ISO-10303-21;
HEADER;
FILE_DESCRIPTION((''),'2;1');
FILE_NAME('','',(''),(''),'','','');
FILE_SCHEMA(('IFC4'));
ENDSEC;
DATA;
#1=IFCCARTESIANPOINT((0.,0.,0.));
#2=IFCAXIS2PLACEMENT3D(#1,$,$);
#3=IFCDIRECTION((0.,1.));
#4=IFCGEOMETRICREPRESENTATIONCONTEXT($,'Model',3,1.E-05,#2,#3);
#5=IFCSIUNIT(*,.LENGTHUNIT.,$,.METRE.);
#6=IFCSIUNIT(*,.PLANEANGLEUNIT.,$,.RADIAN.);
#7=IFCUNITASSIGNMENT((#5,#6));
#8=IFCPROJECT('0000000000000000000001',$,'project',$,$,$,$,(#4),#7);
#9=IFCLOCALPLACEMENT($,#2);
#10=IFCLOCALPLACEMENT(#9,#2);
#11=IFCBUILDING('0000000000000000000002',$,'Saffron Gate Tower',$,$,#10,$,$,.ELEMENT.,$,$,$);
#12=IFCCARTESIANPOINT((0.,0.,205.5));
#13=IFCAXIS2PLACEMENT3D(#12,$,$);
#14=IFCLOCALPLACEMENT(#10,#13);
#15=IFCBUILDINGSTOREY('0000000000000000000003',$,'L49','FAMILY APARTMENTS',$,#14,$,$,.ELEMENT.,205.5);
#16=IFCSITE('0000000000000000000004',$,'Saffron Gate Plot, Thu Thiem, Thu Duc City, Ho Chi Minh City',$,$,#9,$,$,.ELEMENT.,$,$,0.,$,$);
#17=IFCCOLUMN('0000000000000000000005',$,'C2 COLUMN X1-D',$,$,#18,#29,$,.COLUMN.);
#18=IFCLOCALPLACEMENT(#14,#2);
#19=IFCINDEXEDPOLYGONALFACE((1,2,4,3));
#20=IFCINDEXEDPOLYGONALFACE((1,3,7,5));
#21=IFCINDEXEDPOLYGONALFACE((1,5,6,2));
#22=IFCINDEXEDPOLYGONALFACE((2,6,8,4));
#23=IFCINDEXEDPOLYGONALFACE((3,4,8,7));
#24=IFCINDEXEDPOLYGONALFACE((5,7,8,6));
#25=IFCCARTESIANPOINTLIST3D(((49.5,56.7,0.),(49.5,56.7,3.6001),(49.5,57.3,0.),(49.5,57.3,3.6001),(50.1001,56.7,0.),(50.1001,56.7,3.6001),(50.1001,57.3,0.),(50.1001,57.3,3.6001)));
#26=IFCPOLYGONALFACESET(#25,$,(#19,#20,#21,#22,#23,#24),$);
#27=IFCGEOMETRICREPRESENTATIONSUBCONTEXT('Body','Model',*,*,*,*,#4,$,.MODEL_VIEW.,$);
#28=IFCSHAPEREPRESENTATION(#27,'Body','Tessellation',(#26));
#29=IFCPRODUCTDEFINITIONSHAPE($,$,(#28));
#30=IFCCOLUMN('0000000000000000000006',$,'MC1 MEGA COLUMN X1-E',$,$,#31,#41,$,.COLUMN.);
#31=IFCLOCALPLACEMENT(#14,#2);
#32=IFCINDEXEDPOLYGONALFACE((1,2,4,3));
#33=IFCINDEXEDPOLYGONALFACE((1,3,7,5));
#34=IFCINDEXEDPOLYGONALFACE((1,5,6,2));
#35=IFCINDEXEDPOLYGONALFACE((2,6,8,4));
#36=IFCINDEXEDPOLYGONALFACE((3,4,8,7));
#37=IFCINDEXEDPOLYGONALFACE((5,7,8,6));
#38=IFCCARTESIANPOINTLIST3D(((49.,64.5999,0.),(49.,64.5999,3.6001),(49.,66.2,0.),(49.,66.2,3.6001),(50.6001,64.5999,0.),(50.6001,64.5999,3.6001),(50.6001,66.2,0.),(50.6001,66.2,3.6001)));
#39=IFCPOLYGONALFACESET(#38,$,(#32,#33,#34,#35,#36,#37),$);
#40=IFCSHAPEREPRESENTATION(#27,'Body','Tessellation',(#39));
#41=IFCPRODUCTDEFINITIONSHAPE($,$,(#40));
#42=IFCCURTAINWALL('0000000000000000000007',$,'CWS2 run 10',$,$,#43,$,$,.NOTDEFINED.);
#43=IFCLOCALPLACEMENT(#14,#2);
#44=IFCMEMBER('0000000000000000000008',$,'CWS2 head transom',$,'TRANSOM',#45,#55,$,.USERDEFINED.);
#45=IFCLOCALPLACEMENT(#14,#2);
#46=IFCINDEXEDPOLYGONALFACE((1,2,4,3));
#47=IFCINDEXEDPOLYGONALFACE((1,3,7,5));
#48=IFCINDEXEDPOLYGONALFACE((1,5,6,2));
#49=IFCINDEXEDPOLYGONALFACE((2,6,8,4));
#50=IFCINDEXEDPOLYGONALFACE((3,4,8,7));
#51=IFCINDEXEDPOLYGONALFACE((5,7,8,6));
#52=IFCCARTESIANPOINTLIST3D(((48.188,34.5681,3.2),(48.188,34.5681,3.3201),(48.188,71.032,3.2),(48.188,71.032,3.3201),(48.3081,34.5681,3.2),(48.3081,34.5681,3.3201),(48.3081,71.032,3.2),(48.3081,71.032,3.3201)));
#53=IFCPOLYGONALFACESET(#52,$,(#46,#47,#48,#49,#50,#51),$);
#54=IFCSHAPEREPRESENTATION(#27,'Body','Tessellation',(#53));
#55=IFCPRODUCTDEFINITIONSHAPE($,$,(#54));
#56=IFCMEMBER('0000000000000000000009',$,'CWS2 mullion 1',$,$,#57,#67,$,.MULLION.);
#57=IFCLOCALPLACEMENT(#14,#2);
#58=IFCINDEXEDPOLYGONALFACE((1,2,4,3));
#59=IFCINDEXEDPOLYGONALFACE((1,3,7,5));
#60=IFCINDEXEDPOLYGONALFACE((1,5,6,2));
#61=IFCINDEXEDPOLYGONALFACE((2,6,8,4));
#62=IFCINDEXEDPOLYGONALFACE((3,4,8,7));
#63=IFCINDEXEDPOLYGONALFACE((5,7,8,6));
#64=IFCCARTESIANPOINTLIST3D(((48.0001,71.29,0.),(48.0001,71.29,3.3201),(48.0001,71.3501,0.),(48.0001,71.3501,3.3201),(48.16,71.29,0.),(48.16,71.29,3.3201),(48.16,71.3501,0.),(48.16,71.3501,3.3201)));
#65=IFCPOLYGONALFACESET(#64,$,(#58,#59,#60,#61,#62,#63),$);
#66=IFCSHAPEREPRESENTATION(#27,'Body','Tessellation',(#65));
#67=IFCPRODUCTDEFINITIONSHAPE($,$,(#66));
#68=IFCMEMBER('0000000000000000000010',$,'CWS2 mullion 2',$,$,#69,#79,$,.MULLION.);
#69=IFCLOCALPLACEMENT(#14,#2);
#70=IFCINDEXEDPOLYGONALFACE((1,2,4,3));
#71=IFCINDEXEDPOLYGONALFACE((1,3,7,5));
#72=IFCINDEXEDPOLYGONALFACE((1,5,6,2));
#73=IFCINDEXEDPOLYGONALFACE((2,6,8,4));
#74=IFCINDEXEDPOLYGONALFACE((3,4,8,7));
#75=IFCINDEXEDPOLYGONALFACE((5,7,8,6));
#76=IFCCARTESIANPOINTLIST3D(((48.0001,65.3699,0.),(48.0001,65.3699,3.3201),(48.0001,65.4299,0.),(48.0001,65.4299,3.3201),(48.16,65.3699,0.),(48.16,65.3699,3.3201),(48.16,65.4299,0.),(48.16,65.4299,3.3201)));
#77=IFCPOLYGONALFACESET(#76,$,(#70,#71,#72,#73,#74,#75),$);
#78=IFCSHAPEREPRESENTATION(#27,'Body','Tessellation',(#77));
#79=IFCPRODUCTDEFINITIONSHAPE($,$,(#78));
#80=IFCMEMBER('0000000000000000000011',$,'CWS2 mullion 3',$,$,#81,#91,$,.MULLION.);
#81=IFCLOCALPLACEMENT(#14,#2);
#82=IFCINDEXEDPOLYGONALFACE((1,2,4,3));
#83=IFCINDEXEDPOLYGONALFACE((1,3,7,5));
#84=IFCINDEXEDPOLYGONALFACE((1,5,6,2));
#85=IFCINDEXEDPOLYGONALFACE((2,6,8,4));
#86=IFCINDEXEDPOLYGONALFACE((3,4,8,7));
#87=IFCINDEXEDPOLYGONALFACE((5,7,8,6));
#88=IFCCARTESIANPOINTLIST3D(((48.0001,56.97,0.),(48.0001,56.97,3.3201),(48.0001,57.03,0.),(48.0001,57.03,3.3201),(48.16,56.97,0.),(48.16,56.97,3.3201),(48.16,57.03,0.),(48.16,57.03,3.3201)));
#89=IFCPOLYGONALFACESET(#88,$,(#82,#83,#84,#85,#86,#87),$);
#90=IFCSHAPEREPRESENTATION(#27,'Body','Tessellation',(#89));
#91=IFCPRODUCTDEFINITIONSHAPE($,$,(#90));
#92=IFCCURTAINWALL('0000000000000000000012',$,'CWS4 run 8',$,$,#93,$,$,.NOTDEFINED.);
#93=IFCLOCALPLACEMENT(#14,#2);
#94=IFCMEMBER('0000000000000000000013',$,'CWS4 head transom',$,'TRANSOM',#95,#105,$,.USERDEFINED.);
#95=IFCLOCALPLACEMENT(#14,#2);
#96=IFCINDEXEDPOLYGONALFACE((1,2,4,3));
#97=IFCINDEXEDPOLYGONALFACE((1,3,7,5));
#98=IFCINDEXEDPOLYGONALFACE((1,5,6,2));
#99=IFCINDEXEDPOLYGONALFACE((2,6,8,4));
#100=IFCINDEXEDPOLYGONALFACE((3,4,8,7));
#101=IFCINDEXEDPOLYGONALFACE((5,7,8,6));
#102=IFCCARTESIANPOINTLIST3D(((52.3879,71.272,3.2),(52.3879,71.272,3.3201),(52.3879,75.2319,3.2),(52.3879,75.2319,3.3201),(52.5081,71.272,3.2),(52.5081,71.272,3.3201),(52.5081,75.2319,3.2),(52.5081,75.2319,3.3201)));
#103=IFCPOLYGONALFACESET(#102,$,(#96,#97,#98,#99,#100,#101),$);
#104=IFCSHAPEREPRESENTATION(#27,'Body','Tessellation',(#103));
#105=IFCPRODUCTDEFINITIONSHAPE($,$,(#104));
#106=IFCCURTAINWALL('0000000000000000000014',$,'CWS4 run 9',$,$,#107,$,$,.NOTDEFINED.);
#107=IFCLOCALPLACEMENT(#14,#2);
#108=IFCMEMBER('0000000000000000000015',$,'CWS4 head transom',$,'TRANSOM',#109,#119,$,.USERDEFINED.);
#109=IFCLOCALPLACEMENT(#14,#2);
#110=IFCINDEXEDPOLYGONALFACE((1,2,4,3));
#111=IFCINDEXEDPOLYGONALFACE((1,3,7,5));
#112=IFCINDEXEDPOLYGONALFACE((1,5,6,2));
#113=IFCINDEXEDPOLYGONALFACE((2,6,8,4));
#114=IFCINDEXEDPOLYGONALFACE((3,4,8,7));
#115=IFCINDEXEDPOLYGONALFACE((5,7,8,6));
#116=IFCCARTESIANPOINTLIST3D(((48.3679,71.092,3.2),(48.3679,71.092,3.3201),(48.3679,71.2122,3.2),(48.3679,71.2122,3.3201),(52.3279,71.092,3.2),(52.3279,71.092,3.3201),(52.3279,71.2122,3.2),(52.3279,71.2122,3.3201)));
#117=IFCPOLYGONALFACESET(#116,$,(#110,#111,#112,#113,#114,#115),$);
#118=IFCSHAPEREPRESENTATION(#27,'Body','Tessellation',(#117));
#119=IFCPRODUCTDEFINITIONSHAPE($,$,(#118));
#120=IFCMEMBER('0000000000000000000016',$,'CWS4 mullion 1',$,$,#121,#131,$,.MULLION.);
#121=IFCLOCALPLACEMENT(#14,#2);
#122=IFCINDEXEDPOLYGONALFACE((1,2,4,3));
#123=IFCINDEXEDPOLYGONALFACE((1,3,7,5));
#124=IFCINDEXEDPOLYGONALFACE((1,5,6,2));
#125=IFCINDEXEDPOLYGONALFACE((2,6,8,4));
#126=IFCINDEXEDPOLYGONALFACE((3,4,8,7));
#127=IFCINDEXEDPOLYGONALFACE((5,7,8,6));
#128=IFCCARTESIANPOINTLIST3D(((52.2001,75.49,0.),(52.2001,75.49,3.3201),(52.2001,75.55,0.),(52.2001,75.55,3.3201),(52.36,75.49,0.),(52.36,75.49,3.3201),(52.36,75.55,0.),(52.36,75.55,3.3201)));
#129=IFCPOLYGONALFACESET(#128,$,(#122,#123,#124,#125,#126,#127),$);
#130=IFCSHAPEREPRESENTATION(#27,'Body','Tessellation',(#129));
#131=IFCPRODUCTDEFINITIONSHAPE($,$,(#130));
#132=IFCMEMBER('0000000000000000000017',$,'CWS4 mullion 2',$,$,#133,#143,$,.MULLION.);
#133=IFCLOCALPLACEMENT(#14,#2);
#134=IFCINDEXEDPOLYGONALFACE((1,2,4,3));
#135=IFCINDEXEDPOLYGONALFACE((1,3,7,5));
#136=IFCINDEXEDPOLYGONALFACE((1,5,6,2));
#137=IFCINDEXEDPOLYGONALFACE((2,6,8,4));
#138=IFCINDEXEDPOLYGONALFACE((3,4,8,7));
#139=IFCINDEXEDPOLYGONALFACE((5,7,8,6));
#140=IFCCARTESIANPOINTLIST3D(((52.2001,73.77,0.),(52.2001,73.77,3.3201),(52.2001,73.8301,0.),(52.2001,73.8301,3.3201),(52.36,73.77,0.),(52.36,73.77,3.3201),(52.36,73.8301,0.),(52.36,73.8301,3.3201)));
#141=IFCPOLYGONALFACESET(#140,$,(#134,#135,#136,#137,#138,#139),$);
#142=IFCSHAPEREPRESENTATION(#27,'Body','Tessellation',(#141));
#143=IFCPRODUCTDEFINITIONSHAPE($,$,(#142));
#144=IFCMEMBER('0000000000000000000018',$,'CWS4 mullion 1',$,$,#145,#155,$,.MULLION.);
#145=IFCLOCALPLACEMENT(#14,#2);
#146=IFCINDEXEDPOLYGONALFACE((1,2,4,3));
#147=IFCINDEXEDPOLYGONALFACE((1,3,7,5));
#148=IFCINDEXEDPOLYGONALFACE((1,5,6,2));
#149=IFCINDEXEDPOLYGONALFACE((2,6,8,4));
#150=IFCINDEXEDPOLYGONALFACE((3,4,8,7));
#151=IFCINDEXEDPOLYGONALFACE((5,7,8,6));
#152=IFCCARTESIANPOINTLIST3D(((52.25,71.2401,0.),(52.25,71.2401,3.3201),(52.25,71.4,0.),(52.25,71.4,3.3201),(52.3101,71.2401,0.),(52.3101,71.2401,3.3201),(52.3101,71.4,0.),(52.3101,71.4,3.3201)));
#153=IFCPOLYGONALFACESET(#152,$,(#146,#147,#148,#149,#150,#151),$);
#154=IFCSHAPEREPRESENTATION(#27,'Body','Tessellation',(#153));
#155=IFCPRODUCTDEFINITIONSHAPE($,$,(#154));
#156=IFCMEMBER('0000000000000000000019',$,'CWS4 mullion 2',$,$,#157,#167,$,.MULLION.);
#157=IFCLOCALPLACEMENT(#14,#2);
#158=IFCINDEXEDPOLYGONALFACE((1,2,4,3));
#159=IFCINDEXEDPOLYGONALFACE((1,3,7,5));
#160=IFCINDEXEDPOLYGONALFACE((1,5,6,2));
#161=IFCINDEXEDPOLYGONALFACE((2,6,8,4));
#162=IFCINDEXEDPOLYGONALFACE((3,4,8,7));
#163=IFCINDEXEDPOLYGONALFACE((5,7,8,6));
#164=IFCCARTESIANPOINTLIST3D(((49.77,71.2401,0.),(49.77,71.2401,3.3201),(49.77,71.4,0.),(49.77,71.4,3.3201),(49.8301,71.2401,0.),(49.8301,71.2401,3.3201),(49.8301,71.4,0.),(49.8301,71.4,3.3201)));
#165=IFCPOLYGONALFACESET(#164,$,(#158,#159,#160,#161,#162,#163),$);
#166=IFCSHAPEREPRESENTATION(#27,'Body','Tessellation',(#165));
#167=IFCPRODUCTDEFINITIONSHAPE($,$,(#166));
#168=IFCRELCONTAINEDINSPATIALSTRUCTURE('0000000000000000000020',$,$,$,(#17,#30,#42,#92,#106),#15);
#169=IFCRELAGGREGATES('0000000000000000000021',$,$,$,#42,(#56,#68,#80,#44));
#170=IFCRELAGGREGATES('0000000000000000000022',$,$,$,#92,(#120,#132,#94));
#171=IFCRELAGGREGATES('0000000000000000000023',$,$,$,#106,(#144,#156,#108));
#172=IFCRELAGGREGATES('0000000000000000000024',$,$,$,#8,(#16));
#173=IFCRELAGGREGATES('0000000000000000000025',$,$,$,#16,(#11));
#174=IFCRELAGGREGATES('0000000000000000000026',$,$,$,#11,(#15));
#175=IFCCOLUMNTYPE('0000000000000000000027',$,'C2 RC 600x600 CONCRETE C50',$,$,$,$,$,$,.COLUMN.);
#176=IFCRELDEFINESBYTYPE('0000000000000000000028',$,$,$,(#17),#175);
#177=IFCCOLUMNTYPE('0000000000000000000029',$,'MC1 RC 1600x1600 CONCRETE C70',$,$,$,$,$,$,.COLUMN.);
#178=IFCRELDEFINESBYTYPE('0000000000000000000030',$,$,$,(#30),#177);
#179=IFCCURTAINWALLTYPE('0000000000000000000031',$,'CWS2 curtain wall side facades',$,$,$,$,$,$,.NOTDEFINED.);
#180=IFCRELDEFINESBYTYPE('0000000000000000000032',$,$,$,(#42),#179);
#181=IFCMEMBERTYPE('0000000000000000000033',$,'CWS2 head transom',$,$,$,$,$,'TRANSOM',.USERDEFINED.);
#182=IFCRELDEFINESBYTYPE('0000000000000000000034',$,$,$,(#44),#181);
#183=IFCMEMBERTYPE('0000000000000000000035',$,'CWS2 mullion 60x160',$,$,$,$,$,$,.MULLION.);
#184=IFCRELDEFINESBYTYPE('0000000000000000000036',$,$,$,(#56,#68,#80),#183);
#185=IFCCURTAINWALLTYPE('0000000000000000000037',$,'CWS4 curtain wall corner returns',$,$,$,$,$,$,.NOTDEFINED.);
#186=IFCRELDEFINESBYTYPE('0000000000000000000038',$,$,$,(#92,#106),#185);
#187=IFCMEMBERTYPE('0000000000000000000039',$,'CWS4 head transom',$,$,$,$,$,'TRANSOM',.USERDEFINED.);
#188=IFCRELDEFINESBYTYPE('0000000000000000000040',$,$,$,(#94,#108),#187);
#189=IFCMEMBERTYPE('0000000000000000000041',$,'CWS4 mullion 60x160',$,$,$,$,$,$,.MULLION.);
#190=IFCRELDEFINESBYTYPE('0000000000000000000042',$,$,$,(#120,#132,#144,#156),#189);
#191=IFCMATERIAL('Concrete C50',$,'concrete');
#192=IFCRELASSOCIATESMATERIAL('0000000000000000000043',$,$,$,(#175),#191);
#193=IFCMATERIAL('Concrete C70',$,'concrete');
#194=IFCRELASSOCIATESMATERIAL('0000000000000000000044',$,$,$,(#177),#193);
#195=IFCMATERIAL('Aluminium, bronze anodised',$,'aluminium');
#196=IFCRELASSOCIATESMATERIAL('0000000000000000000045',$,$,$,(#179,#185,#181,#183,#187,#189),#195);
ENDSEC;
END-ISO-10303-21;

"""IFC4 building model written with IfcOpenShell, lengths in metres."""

from ifc_helpers import new_model, si_unit, direction, frame, origin, origin_2d, place, context, subcontext, project, spatial, rectangle, extrude, material, material_profile, profile_set, type_object, element, aggregate, save


model = new_model("IFC4")

# Units and contexts
model_context = context("Model", 3, precision=1e-05, world=origin(), true_north=direction((0.0, 1.0)))
body_context = subcontext(model_context, "Body", "Model", "MODEL_VIEW")
ifc_project = project(units=[si_unit("LENGTHUNIT", "METRE"), si_unit("PLANEANGLEUNIT", "RADIAN")], contexts=[model_context])

# Site, building, storey
site_placement = place(None, origin())
site = spatial("IfcSite", under=ifc_project, at=site_placement, Name="Saffron Gate Plot, Thu Thiem, Thu Duc City, Ho Chi Minh City", CompositionType="ELEMENT", RefElevation=0.0)
building_placement = place(site_placement, origin())
building = spatial("IfcBuilding", under=site, at=building_placement, Name="Saffron Gate Tower", CompositionType="ELEMENT")
storey_placement = place(building_placement, frame((0.0, 0.0, 205.5)))
storey = spatial("IfcBuildingStorey", under=building, at=storey_placement, Name="L49", Description="FAMILY APARTMENTS", CompositionType="ELEMENT", Elevation=205.5)

# Columns
ifc_material_1 = material(Name="Concrete C50", Category="concrete")
ifc_material_profile_1 = material_profile(ifc_material_1, rectangle(XDim=0.6001, YDim=0.6001, at=origin_2d()))
ifc_profile_set_1 = profile_set([ifc_material_profile_1], Name="Concrete C50")
column_type_1 = type_object("IfcColumnType", Name="C2 RC 600x600 CONCRETE C50", PredefinedType="COLUMN", material=ifc_profile_set_1)
column_1_placement = place(storey_placement, frame((49.8, 57.0, 0.0), z_axis=(0.0, 0.0, 1.0), x_axis=(1.0, 0.0, 0.0)))
element("IfcColumn", 1, at=column_1_placement, inside=storey, type_object=column_type_1, Name="C2 COLUMN X1-D", PredefinedType="COLUMN", context=body_context, shape_type="SweptSolid", body=[
    extrude(rectangle(XDim=0.6001, YDim=0.6001, at=origin_2d()), origin(), (0.0, 0.0, 1.0), 3.6001),
])
ifc_material_2 = material(Name="Concrete C70", Category="concrete")
ifc_material_profile_2 = material_profile(ifc_material_2, rectangle(XDim=1.6001, YDim=1.6001, at=origin_2d()))
ifc_profile_set_2 = profile_set([ifc_material_profile_2], Name="Concrete C70")
column_type_2 = type_object("IfcColumnType", Name="MC1 RC 1600x1600 CONCRETE C70", PredefinedType="COLUMN", material=ifc_profile_set_2)
column_2_placement = place(storey_placement, frame((49.8, 65.3999, 0.0), z_axis=(0.0, 0.0, 1.0), x_axis=(1.0, 0.0, 0.0)))
element("IfcColumn", 2, at=column_2_placement, inside=storey, type_object=column_type_2, Name="MC1 MEGA COLUMN X1-E", PredefinedType="COLUMN", context=body_context, shape_type="SweptSolid", body=[
    extrude(rectangle(XDim=1.6001, YDim=1.6001, at=origin_2d()), origin(), (0.0, 0.0, 1.0), 3.6001),
])

# Curtain wall, members
ifc_material_3 = material(Name="Aluminium, bronze anodised", Category="aluminium")
curtain_wall_type_1 = type_object("IfcCurtainWallType", Name="CWS2 curtain wall side facades", PredefinedType="NOTDEFINED", material=ifc_material_3)
curtain_wall_1_placement = place(storey_placement, origin())
curtain_wall_1 = element("IfcCurtainWall", 3, at=curtain_wall_1_placement, inside=storey, type_object=curtain_wall_type_1, Name="CWS2 run 10", PredefinedType="NOTDEFINED")
ifc_material_profile_3 = material_profile(ifc_material_3, rectangle(XDim=0.1201, YDim=0.1201, at=origin_2d()))
ifc_profile_set_3 = profile_set([ifc_material_profile_3], Name="Aluminium, bronze anodised")
member_type_1 = type_object("IfcMemberType", Name="CWS2 head transom", ElementType="TRANSOM", PredefinedType="USERDEFINED", material=ifc_profile_set_3)
member_1_placement = place(storey_placement, frame((48.248, 71.032, 3.26), z_axis=(0.0, -1.0, 0.0), x_axis=(1.0, 0.0, 0.0)))
member_1 = element("IfcMember", 4, at=member_1_placement, type_object=member_type_1, Name="CWS2 head transom", ObjectType="TRANSOM", PredefinedType="USERDEFINED", context=body_context, shape_type="SweptSolid", body=[
    extrude(rectangle(XDim=0.1201, YDim=0.1201, at=origin_2d()), origin(), (0.0, 0.0, 1.0), 36.4639),
])
ifc_material_profile_4 = material_profile(ifc_material_3, rectangle(XDim=0.1599, YDim=0.0601, at=origin_2d()))
ifc_profile_set_4 = profile_set([ifc_material_profile_4], Name="Aluminium, bronze anodised")
member_type_2 = type_object("IfcMemberType", Name="CWS2 mullion 60x160", PredefinedType="MULLION", material=ifc_profile_set_4)
member_2_placement = place(storey_placement, frame((48.0801, 71.3201, 0.0), z_axis=(0.0, 0.0, 1.0), x_axis=(1.0, 0.0, 0.0)))
member_2 = element("IfcMember", 5, at=member_2_placement, type_object=member_type_2, Name="CWS2 mullion 1", PredefinedType="MULLION", context=body_context, shape_type="SweptSolid", body=[
    extrude(rectangle(XDim=0.1599, YDim=0.0601, at=origin_2d()), origin(), (0.0, 0.0, 1.0), 3.3201),
])
member_3_placement = place(storey_placement, frame((48.0801, 65.3999, 0.0), z_axis=(0.0, 0.0, 1.0), x_axis=(1.0, 0.0, 0.0)))
member_3 = element("IfcMember", 6, at=member_3_placement, type_object=member_type_2, Name="CWS2 mullion 2", PredefinedType="MULLION", context=body_context, shape_type="SweptSolid", body=[
    extrude(rectangle(XDim=0.1599, YDim=0.0601, at=origin_2d()), origin(), (0.0, 0.0, 1.0), 3.3201),
])
member_4_placement = place(storey_placement, frame((48.0801, 57.0, 0.0), z_axis=(0.0, 0.0, 1.0), x_axis=(1.0, 0.0, 0.0)))
member_4 = element("IfcMember", 7, at=member_4_placement, type_object=member_type_2, Name="CWS2 mullion 3", PredefinedType="MULLION", context=body_context, shape_type="SweptSolid", body=[
    extrude(rectangle(XDim=0.1599, YDim=0.0601, at=origin_2d()), origin(), (0.0, 0.0, 1.0), 3.3201),
])

# Curtain walls, members
curtain_wall_type_2 = type_object("IfcCurtainWallType", Name="CWS4 curtain wall corner returns", PredefinedType="NOTDEFINED", material=ifc_material_3)
curtain_wall_2_placement = place(storey_placement, origin())
curtain_wall_2 = element("IfcCurtainWall", 8, at=curtain_wall_2_placement, inside=storey, type_object=curtain_wall_type_2, Name="CWS4 run 8", PredefinedType="NOTDEFINED")
ifc_material_profile_5 = material_profile(ifc_material_3, rectangle(XDim=0.1201, YDim=0.1201, at=origin_2d()))
ifc_profile_set_5 = profile_set([ifc_material_profile_5], Name="Aluminium, bronze anodised")
member_type_3 = type_object("IfcMemberType", Name="CWS4 head transom", ElementType="TRANSOM", PredefinedType="USERDEFINED", material=ifc_profile_set_5)
member_5_placement = place(storey_placement, frame((52.448, 75.2319, 3.26), z_axis=(0.0, -1.0, 0.0), x_axis=(1.0, 0.0, 0.0)))
member_5 = element("IfcMember", 9, at=member_5_placement, type_object=member_type_3, Name="CWS4 head transom", ObjectType="TRANSOM", PredefinedType="USERDEFINED", context=body_context, shape_type="SweptSolid", body=[
    extrude(rectangle(XDim=0.1201, YDim=0.1201, at=origin_2d()), origin(), (0.0, 0.0, 1.0), 3.96),
])
curtain_wall_3_placement = place(storey_placement, origin())
curtain_wall_3 = element("IfcCurtainWall", 10, at=curtain_wall_3_placement, inside=storey, type_object=curtain_wall_type_2, Name="CWS4 run 9", PredefinedType="NOTDEFINED")
member_6_placement = place(storey_placement, frame((52.3279, 71.1521, 3.26), z_axis=(-1.0, 0.0, 0.0), x_axis=(0.0, -1.0, 0.0)))
member_6 = element("IfcMember", 11, at=member_6_placement, type_object=member_type_3, Name="CWS4 head transom", ObjectType="TRANSOM", PredefinedType="USERDEFINED", context=body_context, shape_type="SweptSolid", body=[
    extrude(rectangle(XDim=0.1201, YDim=0.1201, at=origin_2d()), origin(), (0.0, 0.0, 1.0), 3.96),
])

# Members
ifc_material_profile_6 = material_profile(ifc_material_3, rectangle(XDim=0.1599, YDim=0.0601, at=origin_2d()))
ifc_profile_set_6 = profile_set([ifc_material_profile_6], Name="Aluminium, bronze anodised")
member_type_4 = type_object("IfcMemberType", Name="CWS4 mullion 60x160", PredefinedType="MULLION", material=ifc_profile_set_6)
member_7_placement = place(storey_placement, frame((52.28, 75.52, 0.0), z_axis=(0.0, 0.0, 1.0), x_axis=(1.0, 0.0, 0.0)))
member_7 = element("IfcMember", 12, at=member_7_placement, type_object=member_type_4, Name="CWS4 mullion 1", PredefinedType="MULLION", context=body_context, shape_type="SweptSolid", body=[
    extrude(rectangle(XDim=0.1599, YDim=0.0601, at=origin_2d()), origin(), (0.0, 0.0, 1.0), 3.3201),
])
member_8_placement = place(storey_placement, frame((52.28, 73.8, 0.0), z_axis=(0.0, 0.0, 1.0), x_axis=(1.0, 0.0, 0.0)))
member_8 = element("IfcMember", 13, at=member_8_placement, type_object=member_type_4, Name="CWS4 mullion 2", PredefinedType="MULLION", context=body_context, shape_type="SweptSolid", body=[
    extrude(rectangle(XDim=0.1599, YDim=0.0601, at=origin_2d()), origin(), (0.0, 0.0, 1.0), 3.3201),
])
member_9_placement = place(storey_placement, frame((52.28, 71.3201, 0.0), z_axis=(0.0, 0.0, 1.0), x_axis=(0.0, -1.0, 0.0)))
member_9 = element("IfcMember", 14, at=member_9_placement, type_object=member_type_4, Name="CWS4 mullion 1", PredefinedType="MULLION", context=body_context, shape_type="SweptSolid", body=[
    extrude(rectangle(XDim=0.1599, YDim=0.0601, at=origin_2d()), origin(), (0.0, 0.0, 1.0), 3.3201),
])
member_10_placement = place(storey_placement, frame((49.8, 71.3201, 0.0), z_axis=(0.0, 0.0, 1.0), x_axis=(0.0, -1.0, 0.0)))
member_10 = element("IfcMember", 15, at=member_10_placement, type_object=member_type_4, Name="CWS4 mullion 2", PredefinedType="MULLION", context=body_context, shape_type="SweptSolid", body=[
    extrude(rectangle(XDim=0.1599, YDim=0.0601, at=origin_2d()), origin(), (0.0, 0.0, 1.0), 3.3201),
])

aggregate(curtain_wall_1, [member_2, member_3, member_4, member_1])

aggregate(curtain_wall_2, [member_7, member_8, member_5])
aggregate(curtain_wall_3, [member_9, member_10, member_6])

save(model, "model.ifc")
